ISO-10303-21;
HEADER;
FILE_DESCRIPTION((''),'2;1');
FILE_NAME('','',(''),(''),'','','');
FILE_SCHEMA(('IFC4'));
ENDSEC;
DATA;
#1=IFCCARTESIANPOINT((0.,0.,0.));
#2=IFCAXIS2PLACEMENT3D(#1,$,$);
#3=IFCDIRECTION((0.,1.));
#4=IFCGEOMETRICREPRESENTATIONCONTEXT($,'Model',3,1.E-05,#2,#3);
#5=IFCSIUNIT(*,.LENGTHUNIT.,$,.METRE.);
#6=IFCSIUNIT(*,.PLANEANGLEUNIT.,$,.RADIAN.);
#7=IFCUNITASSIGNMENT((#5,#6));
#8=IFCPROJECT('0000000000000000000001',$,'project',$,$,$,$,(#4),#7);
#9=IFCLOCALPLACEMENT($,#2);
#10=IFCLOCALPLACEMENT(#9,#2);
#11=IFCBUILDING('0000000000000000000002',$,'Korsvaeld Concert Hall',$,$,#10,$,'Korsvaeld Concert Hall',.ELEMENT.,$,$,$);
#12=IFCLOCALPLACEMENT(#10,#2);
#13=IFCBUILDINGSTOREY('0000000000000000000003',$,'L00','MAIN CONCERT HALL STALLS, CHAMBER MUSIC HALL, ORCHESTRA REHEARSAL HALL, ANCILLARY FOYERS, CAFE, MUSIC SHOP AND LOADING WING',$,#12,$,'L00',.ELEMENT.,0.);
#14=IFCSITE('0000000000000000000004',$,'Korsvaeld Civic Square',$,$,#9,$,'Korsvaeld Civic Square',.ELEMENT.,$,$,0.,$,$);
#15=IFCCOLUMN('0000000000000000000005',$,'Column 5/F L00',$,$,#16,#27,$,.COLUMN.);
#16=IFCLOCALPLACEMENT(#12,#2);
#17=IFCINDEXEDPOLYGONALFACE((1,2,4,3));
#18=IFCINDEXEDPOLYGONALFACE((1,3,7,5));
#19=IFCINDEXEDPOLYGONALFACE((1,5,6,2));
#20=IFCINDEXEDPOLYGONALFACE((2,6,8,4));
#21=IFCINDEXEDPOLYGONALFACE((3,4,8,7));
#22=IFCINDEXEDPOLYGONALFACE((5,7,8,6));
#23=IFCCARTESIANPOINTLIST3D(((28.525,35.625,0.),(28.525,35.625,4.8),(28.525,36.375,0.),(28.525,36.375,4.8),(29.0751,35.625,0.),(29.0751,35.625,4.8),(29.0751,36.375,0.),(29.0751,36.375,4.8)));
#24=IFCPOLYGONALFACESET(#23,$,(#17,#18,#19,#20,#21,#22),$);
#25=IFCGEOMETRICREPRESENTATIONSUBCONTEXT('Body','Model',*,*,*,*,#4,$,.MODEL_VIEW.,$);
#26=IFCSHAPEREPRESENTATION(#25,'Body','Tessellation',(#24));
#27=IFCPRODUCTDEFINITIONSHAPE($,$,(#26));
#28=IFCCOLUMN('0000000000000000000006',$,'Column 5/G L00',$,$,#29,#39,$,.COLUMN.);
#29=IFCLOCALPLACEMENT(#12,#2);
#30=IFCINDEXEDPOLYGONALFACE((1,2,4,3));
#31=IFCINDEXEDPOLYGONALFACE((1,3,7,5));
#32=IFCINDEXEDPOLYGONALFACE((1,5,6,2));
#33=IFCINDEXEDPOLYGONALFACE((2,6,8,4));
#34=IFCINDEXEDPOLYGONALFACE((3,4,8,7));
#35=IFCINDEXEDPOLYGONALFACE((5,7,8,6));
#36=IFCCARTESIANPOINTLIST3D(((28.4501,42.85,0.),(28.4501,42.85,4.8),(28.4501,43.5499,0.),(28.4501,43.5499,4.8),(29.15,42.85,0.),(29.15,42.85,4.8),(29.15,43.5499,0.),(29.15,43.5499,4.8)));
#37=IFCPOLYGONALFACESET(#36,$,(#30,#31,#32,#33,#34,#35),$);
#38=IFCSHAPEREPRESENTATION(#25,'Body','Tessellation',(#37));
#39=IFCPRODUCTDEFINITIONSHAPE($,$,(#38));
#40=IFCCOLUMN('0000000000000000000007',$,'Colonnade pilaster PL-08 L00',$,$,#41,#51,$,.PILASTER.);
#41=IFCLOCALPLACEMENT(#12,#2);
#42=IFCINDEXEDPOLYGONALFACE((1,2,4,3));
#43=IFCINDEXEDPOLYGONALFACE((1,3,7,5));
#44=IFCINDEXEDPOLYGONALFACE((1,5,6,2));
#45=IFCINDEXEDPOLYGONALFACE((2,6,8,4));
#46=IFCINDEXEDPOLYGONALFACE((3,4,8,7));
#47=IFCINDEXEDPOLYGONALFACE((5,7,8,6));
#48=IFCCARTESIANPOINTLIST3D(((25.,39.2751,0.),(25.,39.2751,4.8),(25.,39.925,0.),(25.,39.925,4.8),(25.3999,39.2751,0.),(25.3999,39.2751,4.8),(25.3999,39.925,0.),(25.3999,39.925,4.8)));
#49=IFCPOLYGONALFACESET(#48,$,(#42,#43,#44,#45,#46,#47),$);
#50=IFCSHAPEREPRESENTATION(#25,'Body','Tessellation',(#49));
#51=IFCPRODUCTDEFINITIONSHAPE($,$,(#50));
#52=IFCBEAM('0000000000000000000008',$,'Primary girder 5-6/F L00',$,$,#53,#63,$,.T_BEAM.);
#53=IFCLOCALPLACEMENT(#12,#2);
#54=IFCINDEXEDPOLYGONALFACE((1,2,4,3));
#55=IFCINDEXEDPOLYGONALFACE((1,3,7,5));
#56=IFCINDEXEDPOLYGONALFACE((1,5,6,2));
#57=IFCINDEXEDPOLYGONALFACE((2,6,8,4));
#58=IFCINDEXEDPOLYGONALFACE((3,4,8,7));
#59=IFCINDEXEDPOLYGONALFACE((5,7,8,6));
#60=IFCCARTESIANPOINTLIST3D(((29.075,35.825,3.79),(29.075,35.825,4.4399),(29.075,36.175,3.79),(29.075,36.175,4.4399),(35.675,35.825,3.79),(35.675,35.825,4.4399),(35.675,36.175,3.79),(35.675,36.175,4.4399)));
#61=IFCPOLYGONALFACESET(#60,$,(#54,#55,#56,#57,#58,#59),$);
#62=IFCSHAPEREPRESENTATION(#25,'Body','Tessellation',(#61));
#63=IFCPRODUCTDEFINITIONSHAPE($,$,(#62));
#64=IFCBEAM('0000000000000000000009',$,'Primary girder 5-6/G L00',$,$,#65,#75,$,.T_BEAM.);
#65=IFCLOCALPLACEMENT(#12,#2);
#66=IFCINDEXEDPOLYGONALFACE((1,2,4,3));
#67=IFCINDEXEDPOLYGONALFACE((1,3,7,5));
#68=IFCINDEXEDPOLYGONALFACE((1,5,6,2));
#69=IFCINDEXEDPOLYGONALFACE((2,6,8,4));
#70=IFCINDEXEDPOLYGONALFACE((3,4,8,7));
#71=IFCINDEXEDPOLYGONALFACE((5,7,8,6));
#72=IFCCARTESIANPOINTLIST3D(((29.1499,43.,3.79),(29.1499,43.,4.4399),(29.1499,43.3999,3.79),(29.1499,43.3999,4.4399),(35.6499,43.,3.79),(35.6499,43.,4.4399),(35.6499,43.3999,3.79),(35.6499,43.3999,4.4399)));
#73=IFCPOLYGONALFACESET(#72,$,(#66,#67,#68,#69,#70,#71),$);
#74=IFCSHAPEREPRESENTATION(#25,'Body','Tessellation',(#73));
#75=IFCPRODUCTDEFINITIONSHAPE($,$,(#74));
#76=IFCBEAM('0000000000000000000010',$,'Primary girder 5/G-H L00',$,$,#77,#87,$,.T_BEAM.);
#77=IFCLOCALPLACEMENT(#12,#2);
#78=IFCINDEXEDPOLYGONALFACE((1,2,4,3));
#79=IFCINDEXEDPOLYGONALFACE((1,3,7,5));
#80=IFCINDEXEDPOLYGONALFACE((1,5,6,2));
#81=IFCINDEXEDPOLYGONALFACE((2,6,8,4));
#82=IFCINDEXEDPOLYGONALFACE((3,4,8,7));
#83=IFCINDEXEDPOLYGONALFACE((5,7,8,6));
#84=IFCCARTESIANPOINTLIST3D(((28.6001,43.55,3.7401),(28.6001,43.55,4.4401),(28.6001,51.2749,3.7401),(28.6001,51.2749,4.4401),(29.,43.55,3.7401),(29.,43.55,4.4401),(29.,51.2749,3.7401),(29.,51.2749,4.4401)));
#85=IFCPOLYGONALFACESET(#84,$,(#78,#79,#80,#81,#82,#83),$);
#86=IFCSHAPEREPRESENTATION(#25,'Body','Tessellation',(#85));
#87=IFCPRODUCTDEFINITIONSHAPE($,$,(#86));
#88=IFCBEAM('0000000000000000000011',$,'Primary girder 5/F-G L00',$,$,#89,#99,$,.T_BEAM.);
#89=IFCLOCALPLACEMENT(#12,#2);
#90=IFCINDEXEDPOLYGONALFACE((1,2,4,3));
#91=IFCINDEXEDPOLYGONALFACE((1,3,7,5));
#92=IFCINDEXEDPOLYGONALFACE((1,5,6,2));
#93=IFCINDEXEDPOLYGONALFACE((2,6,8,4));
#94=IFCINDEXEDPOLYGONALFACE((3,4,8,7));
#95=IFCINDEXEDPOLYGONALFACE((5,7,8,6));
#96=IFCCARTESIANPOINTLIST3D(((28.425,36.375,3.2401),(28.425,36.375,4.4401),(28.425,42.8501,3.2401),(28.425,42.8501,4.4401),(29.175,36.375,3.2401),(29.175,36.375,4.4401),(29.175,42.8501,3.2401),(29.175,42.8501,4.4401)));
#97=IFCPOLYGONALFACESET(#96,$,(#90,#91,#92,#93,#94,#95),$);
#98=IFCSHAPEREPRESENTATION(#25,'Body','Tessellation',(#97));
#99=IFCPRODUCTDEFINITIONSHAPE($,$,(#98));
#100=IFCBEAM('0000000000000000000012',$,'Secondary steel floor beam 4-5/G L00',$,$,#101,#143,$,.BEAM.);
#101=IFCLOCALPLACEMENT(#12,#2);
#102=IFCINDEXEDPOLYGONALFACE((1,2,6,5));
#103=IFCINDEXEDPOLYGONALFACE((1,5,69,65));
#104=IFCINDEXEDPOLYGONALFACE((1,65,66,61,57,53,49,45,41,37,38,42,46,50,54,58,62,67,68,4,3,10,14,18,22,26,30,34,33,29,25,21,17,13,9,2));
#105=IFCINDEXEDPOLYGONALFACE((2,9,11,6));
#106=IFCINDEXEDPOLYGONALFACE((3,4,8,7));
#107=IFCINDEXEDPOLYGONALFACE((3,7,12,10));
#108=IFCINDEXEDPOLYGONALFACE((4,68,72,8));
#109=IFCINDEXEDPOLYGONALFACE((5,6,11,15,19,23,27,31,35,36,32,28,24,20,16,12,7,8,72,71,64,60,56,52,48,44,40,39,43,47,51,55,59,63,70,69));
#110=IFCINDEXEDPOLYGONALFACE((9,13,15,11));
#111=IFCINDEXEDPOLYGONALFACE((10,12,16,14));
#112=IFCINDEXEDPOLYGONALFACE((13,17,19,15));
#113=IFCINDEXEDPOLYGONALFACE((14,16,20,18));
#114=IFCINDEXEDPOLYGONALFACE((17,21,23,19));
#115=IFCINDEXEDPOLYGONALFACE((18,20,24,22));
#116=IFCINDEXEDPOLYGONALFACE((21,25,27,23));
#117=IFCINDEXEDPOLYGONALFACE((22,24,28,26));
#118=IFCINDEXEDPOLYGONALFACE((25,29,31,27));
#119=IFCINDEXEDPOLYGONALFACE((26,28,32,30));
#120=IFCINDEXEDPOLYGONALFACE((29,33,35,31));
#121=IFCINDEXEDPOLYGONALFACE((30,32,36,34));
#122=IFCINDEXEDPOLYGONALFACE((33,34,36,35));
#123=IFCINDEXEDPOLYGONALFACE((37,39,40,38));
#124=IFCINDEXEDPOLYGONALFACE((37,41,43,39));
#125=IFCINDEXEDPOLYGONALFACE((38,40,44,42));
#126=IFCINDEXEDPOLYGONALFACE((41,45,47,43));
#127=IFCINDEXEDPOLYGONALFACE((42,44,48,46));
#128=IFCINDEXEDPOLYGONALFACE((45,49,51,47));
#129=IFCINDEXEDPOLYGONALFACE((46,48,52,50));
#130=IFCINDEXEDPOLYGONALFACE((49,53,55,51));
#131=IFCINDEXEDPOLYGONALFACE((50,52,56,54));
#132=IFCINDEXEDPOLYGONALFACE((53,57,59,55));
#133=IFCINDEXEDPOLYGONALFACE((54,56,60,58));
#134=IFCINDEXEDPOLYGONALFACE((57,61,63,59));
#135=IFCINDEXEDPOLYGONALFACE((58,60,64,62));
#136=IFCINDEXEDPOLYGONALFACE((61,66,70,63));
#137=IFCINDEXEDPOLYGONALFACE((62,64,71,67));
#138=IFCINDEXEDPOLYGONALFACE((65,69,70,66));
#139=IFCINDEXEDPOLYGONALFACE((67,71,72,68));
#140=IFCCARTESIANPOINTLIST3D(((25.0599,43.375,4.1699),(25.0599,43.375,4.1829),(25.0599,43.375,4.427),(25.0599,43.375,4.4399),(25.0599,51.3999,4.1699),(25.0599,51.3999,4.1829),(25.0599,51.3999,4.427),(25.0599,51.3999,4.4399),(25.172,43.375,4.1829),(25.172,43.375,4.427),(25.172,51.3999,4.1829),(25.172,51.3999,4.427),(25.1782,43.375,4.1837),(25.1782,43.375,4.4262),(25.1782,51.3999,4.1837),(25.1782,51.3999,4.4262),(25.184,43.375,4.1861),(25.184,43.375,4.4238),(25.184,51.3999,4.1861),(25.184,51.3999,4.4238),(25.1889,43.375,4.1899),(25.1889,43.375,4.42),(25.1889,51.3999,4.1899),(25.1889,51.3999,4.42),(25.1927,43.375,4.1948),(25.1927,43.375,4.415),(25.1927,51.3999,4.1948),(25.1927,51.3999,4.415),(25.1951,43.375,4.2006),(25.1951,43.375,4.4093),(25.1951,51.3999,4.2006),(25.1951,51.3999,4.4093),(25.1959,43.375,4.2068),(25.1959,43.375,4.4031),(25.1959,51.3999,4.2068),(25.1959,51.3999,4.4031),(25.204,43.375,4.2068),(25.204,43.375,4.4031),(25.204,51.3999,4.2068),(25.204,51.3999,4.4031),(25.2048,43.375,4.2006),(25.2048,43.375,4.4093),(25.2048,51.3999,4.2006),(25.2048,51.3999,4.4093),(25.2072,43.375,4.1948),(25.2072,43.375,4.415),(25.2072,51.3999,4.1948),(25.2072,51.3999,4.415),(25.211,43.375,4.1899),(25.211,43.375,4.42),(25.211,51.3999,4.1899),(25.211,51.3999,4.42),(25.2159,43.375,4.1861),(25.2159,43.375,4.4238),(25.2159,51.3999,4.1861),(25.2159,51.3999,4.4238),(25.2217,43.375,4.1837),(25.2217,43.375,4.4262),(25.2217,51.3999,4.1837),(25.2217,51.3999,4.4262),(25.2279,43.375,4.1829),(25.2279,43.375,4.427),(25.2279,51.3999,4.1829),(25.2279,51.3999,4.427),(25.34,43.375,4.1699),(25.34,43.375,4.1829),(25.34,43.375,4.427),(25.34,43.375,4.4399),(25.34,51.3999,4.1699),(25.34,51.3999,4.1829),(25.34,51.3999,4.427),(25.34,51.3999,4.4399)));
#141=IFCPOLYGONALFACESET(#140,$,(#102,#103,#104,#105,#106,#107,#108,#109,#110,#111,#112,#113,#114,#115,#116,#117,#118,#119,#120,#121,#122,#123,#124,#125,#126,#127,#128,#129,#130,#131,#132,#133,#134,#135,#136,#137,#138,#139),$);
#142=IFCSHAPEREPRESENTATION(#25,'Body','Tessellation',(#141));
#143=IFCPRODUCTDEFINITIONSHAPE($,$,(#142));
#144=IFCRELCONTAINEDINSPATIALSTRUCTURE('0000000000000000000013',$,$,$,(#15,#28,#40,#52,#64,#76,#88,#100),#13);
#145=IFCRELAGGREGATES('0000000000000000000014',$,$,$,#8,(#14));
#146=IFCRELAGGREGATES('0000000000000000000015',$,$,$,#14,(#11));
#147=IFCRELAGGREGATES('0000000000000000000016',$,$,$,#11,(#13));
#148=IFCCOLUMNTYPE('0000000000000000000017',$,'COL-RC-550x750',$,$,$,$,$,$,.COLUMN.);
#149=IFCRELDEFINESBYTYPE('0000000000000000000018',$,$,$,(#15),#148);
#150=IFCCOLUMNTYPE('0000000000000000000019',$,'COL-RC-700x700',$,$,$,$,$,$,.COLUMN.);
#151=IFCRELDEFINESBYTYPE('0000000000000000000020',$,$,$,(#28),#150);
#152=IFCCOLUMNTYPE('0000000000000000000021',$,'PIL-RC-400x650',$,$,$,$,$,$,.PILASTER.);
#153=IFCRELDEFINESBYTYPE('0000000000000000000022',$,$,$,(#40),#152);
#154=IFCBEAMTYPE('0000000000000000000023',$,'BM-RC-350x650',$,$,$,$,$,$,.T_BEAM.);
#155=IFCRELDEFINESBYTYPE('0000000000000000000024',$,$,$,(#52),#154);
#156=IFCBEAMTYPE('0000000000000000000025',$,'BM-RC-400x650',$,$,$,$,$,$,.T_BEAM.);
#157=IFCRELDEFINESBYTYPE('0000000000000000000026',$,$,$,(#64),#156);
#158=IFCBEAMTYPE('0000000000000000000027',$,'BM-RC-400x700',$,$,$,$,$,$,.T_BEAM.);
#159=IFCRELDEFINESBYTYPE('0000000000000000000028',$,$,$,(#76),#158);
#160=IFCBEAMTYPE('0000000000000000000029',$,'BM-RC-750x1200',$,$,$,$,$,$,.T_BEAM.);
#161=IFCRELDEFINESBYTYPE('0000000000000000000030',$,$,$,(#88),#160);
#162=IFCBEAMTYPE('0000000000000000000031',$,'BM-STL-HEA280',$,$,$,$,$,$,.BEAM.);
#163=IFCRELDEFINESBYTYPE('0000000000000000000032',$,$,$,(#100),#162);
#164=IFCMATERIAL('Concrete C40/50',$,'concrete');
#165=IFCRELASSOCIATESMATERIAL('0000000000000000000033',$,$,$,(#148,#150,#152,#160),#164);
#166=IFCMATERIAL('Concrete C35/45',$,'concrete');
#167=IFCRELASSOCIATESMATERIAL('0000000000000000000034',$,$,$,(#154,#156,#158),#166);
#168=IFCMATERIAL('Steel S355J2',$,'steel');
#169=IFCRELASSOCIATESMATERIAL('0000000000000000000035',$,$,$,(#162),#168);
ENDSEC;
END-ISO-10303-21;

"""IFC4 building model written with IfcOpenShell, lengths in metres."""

from ifc_helpers import new_model, si_unit, direction, frame, origin, origin_2d, place, context, subcontext, project, spatial, rectangle, i_section, extrude, material, material_profile, profile_set, type_object, element, save


model = new_model("IFC4")

# Units and contexts
model_context = context("Model", 3, precision=1e-05, world=origin(), true_north=direction((0.0, 1.0)))
body_context = subcontext(model_context, "Body", "Model", "MODEL_VIEW")
ifc_project = project(units=[si_unit("LENGTHUNIT", "METRE"), si_unit("PLANEANGLEUNIT", "RADIAN")], contexts=[model_context])

# Site, building, storey
site_placement = place(None, origin())
site = spatial("IfcSite", under=ifc_project, at=site_placement, Name="Korsvaeld Civic Square", LongName="Korsvaeld Civic Square", CompositionType="ELEMENT", RefElevation=0.0)
building_placement = place(site_placement, origin())
building = spatial("IfcBuilding", under=site, at=building_placement, Name="Korsvaeld Concert Hall", LongName="Korsvaeld Concert Hall", CompositionType="ELEMENT")
storey_placement = place(building_placement, origin())
storey = spatial("IfcBuildingStorey", under=building, at=storey_placement, Name="L00", Description="MAIN CONCERT HALL STALLS, CHAMBER MUSIC HALL, ORCHESTRA REHEARSAL HALL, ANCILLARY FOYERS, CAFE, MUSIC SHOP AND LOADING WING", LongName="L00", CompositionType="ELEMENT", Elevation=0.0)

# Columns
ifc_material_1 = material(Name="Concrete C40/50", Category="concrete")
ifc_material_profile_1 = material_profile(ifc_material_1, rectangle(XDim=0.55, YDim=0.75, at=origin_2d()), Name="RC 550x750")
ifc_profile_set_1 = profile_set([ifc_material_profile_1], Name="Concrete C40/50")
column_type_1 = type_object("IfcColumnType", Name="COL-RC-550x750", PredefinedType="COLUMN", material=ifc_profile_set_1)
column_1_placement = place(storey_placement, frame((28.8, 36.0, 0.0), z_axis=(0.0, 0.0, 1.0), x_axis=(1.0, 0.0, 0.0)))
element("IfcColumn", 1, at=column_1_placement, inside=storey, type_object=column_type_1, Name="Column 5/F L00", PredefinedType="COLUMN", context=body_context, shape_type="SweptSolid", body=[
    extrude(rectangle(XDim=0.55, YDim=0.75, at=origin_2d()), origin(), (0.0, 0.0, 1.0), 4.8),
])
ifc_material_profile_2 = material_profile(ifc_material_1, rectangle(XDim=0.7, YDim=0.7, at=origin_2d()), Name="RC 700x700")
ifc_profile_set_2 = profile_set([ifc_material_profile_2], Name="Concrete C40/50")
column_type_2 = type_object("IfcColumnType", Name="COL-RC-700x700", PredefinedType="COLUMN", material=ifc_profile_set_2)
column_2_placement = place(storey_placement, frame((28.8, 43.2, 0.0), z_axis=(0.0, 0.0, 1.0), x_axis=(1.0, 0.0, 0.0)))
element("IfcColumn", 2, at=column_2_placement, inside=storey, type_object=column_type_2, Name="Column 5/G L00", PredefinedType="COLUMN", context=body_context, shape_type="SweptSolid", body=[
    extrude(rectangle(XDim=0.7, YDim=0.7, at=origin_2d()), origin(), (0.0, 0.0, 1.0), 4.8),
])
ifc_material_profile_3 = material_profile(ifc_material_1, rectangle(XDim=0.3999, YDim=0.6499, at=origin_2d()), Name="RC 400x650")
ifc_profile_set_3 = profile_set([ifc_material_profile_3], Name="Concrete C40/50")
column_type_3 = type_object("IfcColumnType", Name="PIL-RC-400x650", PredefinedType="PILASTER", material=ifc_profile_set_3)
column_3_placement = place(storey_placement, frame((25.2, 39.6001, 0.0), z_axis=(0.0, 0.0, 1.0), x_axis=(1.0, 0.0, 0.0)))
element("IfcColumn", 3, at=column_3_placement, inside=storey, type_object=column_type_3, Name="Colonnade pilaster PL-08 L00", PredefinedType="PILASTER", context=body_context, shape_type="SweptSolid", body=[
    extrude(rectangle(XDim=0.3999, YDim=0.6499, at=origin_2d()), origin(), (0.0, 0.0, 1.0), 4.8),
])

# Beams
ifc_material_2 = material(Name="Concrete C35/45", Category="concrete")
ifc_material_profile_4 = material_profile(ifc_material_2, rectangle(XDim=0.3501, YDim=0.6499, at=origin_2d()), Name="RC 350x650")
ifc_profile_set_4 = profile_set([ifc_material_profile_4], Name="Concrete C35/45")
beam_type_1 = type_object("IfcBeamType", Name="BM-RC-350x650", PredefinedType="T_BEAM", material=ifc_profile_set_4)
beam_1_placement = place(storey_placement, frame((29.075, 36.0, 4.115), z_axis=(1.0, 0.0, 0.0), x_axis=(0.0, 1.0, 0.0)))
element("IfcBeam", 4, at=beam_1_placement, inside=storey, type_object=beam_type_1, Name="Primary girder 5-6/F L00", PredefinedType="T_BEAM", context=body_context, shape_type="SweptSolid", body=[
    extrude(rectangle(XDim=0.3501, YDim=0.6499, at=origin_2d()), origin(), (0.0, 0.0, 1.0), 6.6001),
])
ifc_material_profile_5 = material_profile(ifc_material_2, rectangle(XDim=0.3999, YDim=0.6499, at=origin_2d()), Name="RC 400x650")
ifc_profile_set_5 = profile_set([ifc_material_profile_5], Name="Concrete C35/45")
beam_type_2 = type_object("IfcBeamType", Name="BM-RC-400x650", PredefinedType="T_BEAM", material=ifc_profile_set_5)
beam_2_placement = place(storey_placement, frame((29.1499, 43.2, 4.115), z_axis=(1.0, 0.0, 0.0), x_axis=(0.0, 1.0, 0.0)))
element("IfcBeam", 5, at=beam_2_placement, inside=storey, type_object=beam_type_2, Name="Primary girder 5-6/G L00", PredefinedType="T_BEAM", context=body_context, shape_type="SweptSolid", body=[
    extrude(rectangle(XDim=0.3999, YDim=0.6499, at=origin_2d()), origin(), (0.0, 0.0, 1.0), 6.5),
])
ifc_material_profile_6 = material_profile(ifc_material_2, rectangle(XDim=0.3999, YDim=0.7, at=origin_2d()), Name="RC 400x700")
ifc_profile_set_6 = profile_set([ifc_material_profile_6], Name="Concrete C35/45")
beam_type_3 = type_object("IfcBeamType", Name="BM-RC-400x700", PredefinedType="T_BEAM", material=ifc_profile_set_6)
beam_3_placement = place(storey_placement, frame((28.8, 43.55, 4.0901), z_axis=(0.0, 1.0, 0.0), x_axis=(-1.0, 0.0, 0.0)))
element("IfcBeam", 6, at=beam_3_placement, inside=storey, type_object=beam_type_3, Name="Primary girder 5/G-H L00", PredefinedType="T_BEAM", context=body_context, shape_type="SweptSolid", body=[
    extrude(rectangle(XDim=0.3999, YDim=0.7, at=origin_2d()), origin(), (0.0, 0.0, 1.0), 7.7249),
])
ifc_material_profile_7 = material_profile(ifc_material_1, rectangle(XDim=0.75, YDim=1.2, at=origin_2d()), Name="RC 750x1200")
ifc_profile_set_7 = profile_set([ifc_material_profile_7], Name="Concrete C40/50")
beam_type_4 = type_object("IfcBeamType", Name="BM-RC-750x1200", PredefinedType="T_BEAM", material=ifc_profile_set_7)
beam_4_placement = place(storey_placement, frame((28.8, 36.375, 3.8401), z_axis=(0.0, 1.0, 0.0), x_axis=(-1.0, 0.0, 0.0)))
element("IfcBeam", 7, at=beam_4_placement, inside=storey, type_object=beam_type_4, Name="Primary girder 5/F-G L00", PredefinedType="T_BEAM", context=body_context, shape_type="SweptSolid", body=[
    extrude(rectangle(XDim=0.75, YDim=1.2, at=origin_2d()), origin(), (0.0, 0.0, 1.0), 6.4751),
])
ifc_material_3 = material(Name="Steel S355J2", Category="steel")
ifc_material_profile_8 = material_profile(ifc_material_3, i_section(OverallWidth=0.28, OverallDepth=0.27, WebThickness=0.0081, FlangeThickness=0.0129, FilletRadius=0.0239, at=origin_2d()), Name="HEA 280")
ifc_profile_set_8 = profile_set([ifc_material_profile_8], Name="Steel S355J2")
beam_type_5 = type_object("IfcBeamType", Name="BM-STL-HEA280", PredefinedType="BEAM", material=ifc_profile_set_8)
beam_5_placement = place(storey_placement, frame((25.2, 43.375, 4.3049), z_axis=(0.0, 1.0, 0.0), x_axis=(-1.0, 0.0, 0.0)))
element("IfcBeam", 8, at=beam_5_placement, inside=storey, type_object=beam_type_5, Name="Secondary steel floor beam 4-5/G L00", PredefinedType="BEAM", context=body_context, shape_type="SweptSolid", body=[
    extrude(i_section(OverallWidth=0.28, OverallDepth=0.27, WebThickness=0.0081, FlangeThickness=0.0129, FilletRadius=0.0239, at=origin_2d()), origin(), (0.0, 0.0, 1.0), 8.0249),
])

save(model, "model.ifc")
